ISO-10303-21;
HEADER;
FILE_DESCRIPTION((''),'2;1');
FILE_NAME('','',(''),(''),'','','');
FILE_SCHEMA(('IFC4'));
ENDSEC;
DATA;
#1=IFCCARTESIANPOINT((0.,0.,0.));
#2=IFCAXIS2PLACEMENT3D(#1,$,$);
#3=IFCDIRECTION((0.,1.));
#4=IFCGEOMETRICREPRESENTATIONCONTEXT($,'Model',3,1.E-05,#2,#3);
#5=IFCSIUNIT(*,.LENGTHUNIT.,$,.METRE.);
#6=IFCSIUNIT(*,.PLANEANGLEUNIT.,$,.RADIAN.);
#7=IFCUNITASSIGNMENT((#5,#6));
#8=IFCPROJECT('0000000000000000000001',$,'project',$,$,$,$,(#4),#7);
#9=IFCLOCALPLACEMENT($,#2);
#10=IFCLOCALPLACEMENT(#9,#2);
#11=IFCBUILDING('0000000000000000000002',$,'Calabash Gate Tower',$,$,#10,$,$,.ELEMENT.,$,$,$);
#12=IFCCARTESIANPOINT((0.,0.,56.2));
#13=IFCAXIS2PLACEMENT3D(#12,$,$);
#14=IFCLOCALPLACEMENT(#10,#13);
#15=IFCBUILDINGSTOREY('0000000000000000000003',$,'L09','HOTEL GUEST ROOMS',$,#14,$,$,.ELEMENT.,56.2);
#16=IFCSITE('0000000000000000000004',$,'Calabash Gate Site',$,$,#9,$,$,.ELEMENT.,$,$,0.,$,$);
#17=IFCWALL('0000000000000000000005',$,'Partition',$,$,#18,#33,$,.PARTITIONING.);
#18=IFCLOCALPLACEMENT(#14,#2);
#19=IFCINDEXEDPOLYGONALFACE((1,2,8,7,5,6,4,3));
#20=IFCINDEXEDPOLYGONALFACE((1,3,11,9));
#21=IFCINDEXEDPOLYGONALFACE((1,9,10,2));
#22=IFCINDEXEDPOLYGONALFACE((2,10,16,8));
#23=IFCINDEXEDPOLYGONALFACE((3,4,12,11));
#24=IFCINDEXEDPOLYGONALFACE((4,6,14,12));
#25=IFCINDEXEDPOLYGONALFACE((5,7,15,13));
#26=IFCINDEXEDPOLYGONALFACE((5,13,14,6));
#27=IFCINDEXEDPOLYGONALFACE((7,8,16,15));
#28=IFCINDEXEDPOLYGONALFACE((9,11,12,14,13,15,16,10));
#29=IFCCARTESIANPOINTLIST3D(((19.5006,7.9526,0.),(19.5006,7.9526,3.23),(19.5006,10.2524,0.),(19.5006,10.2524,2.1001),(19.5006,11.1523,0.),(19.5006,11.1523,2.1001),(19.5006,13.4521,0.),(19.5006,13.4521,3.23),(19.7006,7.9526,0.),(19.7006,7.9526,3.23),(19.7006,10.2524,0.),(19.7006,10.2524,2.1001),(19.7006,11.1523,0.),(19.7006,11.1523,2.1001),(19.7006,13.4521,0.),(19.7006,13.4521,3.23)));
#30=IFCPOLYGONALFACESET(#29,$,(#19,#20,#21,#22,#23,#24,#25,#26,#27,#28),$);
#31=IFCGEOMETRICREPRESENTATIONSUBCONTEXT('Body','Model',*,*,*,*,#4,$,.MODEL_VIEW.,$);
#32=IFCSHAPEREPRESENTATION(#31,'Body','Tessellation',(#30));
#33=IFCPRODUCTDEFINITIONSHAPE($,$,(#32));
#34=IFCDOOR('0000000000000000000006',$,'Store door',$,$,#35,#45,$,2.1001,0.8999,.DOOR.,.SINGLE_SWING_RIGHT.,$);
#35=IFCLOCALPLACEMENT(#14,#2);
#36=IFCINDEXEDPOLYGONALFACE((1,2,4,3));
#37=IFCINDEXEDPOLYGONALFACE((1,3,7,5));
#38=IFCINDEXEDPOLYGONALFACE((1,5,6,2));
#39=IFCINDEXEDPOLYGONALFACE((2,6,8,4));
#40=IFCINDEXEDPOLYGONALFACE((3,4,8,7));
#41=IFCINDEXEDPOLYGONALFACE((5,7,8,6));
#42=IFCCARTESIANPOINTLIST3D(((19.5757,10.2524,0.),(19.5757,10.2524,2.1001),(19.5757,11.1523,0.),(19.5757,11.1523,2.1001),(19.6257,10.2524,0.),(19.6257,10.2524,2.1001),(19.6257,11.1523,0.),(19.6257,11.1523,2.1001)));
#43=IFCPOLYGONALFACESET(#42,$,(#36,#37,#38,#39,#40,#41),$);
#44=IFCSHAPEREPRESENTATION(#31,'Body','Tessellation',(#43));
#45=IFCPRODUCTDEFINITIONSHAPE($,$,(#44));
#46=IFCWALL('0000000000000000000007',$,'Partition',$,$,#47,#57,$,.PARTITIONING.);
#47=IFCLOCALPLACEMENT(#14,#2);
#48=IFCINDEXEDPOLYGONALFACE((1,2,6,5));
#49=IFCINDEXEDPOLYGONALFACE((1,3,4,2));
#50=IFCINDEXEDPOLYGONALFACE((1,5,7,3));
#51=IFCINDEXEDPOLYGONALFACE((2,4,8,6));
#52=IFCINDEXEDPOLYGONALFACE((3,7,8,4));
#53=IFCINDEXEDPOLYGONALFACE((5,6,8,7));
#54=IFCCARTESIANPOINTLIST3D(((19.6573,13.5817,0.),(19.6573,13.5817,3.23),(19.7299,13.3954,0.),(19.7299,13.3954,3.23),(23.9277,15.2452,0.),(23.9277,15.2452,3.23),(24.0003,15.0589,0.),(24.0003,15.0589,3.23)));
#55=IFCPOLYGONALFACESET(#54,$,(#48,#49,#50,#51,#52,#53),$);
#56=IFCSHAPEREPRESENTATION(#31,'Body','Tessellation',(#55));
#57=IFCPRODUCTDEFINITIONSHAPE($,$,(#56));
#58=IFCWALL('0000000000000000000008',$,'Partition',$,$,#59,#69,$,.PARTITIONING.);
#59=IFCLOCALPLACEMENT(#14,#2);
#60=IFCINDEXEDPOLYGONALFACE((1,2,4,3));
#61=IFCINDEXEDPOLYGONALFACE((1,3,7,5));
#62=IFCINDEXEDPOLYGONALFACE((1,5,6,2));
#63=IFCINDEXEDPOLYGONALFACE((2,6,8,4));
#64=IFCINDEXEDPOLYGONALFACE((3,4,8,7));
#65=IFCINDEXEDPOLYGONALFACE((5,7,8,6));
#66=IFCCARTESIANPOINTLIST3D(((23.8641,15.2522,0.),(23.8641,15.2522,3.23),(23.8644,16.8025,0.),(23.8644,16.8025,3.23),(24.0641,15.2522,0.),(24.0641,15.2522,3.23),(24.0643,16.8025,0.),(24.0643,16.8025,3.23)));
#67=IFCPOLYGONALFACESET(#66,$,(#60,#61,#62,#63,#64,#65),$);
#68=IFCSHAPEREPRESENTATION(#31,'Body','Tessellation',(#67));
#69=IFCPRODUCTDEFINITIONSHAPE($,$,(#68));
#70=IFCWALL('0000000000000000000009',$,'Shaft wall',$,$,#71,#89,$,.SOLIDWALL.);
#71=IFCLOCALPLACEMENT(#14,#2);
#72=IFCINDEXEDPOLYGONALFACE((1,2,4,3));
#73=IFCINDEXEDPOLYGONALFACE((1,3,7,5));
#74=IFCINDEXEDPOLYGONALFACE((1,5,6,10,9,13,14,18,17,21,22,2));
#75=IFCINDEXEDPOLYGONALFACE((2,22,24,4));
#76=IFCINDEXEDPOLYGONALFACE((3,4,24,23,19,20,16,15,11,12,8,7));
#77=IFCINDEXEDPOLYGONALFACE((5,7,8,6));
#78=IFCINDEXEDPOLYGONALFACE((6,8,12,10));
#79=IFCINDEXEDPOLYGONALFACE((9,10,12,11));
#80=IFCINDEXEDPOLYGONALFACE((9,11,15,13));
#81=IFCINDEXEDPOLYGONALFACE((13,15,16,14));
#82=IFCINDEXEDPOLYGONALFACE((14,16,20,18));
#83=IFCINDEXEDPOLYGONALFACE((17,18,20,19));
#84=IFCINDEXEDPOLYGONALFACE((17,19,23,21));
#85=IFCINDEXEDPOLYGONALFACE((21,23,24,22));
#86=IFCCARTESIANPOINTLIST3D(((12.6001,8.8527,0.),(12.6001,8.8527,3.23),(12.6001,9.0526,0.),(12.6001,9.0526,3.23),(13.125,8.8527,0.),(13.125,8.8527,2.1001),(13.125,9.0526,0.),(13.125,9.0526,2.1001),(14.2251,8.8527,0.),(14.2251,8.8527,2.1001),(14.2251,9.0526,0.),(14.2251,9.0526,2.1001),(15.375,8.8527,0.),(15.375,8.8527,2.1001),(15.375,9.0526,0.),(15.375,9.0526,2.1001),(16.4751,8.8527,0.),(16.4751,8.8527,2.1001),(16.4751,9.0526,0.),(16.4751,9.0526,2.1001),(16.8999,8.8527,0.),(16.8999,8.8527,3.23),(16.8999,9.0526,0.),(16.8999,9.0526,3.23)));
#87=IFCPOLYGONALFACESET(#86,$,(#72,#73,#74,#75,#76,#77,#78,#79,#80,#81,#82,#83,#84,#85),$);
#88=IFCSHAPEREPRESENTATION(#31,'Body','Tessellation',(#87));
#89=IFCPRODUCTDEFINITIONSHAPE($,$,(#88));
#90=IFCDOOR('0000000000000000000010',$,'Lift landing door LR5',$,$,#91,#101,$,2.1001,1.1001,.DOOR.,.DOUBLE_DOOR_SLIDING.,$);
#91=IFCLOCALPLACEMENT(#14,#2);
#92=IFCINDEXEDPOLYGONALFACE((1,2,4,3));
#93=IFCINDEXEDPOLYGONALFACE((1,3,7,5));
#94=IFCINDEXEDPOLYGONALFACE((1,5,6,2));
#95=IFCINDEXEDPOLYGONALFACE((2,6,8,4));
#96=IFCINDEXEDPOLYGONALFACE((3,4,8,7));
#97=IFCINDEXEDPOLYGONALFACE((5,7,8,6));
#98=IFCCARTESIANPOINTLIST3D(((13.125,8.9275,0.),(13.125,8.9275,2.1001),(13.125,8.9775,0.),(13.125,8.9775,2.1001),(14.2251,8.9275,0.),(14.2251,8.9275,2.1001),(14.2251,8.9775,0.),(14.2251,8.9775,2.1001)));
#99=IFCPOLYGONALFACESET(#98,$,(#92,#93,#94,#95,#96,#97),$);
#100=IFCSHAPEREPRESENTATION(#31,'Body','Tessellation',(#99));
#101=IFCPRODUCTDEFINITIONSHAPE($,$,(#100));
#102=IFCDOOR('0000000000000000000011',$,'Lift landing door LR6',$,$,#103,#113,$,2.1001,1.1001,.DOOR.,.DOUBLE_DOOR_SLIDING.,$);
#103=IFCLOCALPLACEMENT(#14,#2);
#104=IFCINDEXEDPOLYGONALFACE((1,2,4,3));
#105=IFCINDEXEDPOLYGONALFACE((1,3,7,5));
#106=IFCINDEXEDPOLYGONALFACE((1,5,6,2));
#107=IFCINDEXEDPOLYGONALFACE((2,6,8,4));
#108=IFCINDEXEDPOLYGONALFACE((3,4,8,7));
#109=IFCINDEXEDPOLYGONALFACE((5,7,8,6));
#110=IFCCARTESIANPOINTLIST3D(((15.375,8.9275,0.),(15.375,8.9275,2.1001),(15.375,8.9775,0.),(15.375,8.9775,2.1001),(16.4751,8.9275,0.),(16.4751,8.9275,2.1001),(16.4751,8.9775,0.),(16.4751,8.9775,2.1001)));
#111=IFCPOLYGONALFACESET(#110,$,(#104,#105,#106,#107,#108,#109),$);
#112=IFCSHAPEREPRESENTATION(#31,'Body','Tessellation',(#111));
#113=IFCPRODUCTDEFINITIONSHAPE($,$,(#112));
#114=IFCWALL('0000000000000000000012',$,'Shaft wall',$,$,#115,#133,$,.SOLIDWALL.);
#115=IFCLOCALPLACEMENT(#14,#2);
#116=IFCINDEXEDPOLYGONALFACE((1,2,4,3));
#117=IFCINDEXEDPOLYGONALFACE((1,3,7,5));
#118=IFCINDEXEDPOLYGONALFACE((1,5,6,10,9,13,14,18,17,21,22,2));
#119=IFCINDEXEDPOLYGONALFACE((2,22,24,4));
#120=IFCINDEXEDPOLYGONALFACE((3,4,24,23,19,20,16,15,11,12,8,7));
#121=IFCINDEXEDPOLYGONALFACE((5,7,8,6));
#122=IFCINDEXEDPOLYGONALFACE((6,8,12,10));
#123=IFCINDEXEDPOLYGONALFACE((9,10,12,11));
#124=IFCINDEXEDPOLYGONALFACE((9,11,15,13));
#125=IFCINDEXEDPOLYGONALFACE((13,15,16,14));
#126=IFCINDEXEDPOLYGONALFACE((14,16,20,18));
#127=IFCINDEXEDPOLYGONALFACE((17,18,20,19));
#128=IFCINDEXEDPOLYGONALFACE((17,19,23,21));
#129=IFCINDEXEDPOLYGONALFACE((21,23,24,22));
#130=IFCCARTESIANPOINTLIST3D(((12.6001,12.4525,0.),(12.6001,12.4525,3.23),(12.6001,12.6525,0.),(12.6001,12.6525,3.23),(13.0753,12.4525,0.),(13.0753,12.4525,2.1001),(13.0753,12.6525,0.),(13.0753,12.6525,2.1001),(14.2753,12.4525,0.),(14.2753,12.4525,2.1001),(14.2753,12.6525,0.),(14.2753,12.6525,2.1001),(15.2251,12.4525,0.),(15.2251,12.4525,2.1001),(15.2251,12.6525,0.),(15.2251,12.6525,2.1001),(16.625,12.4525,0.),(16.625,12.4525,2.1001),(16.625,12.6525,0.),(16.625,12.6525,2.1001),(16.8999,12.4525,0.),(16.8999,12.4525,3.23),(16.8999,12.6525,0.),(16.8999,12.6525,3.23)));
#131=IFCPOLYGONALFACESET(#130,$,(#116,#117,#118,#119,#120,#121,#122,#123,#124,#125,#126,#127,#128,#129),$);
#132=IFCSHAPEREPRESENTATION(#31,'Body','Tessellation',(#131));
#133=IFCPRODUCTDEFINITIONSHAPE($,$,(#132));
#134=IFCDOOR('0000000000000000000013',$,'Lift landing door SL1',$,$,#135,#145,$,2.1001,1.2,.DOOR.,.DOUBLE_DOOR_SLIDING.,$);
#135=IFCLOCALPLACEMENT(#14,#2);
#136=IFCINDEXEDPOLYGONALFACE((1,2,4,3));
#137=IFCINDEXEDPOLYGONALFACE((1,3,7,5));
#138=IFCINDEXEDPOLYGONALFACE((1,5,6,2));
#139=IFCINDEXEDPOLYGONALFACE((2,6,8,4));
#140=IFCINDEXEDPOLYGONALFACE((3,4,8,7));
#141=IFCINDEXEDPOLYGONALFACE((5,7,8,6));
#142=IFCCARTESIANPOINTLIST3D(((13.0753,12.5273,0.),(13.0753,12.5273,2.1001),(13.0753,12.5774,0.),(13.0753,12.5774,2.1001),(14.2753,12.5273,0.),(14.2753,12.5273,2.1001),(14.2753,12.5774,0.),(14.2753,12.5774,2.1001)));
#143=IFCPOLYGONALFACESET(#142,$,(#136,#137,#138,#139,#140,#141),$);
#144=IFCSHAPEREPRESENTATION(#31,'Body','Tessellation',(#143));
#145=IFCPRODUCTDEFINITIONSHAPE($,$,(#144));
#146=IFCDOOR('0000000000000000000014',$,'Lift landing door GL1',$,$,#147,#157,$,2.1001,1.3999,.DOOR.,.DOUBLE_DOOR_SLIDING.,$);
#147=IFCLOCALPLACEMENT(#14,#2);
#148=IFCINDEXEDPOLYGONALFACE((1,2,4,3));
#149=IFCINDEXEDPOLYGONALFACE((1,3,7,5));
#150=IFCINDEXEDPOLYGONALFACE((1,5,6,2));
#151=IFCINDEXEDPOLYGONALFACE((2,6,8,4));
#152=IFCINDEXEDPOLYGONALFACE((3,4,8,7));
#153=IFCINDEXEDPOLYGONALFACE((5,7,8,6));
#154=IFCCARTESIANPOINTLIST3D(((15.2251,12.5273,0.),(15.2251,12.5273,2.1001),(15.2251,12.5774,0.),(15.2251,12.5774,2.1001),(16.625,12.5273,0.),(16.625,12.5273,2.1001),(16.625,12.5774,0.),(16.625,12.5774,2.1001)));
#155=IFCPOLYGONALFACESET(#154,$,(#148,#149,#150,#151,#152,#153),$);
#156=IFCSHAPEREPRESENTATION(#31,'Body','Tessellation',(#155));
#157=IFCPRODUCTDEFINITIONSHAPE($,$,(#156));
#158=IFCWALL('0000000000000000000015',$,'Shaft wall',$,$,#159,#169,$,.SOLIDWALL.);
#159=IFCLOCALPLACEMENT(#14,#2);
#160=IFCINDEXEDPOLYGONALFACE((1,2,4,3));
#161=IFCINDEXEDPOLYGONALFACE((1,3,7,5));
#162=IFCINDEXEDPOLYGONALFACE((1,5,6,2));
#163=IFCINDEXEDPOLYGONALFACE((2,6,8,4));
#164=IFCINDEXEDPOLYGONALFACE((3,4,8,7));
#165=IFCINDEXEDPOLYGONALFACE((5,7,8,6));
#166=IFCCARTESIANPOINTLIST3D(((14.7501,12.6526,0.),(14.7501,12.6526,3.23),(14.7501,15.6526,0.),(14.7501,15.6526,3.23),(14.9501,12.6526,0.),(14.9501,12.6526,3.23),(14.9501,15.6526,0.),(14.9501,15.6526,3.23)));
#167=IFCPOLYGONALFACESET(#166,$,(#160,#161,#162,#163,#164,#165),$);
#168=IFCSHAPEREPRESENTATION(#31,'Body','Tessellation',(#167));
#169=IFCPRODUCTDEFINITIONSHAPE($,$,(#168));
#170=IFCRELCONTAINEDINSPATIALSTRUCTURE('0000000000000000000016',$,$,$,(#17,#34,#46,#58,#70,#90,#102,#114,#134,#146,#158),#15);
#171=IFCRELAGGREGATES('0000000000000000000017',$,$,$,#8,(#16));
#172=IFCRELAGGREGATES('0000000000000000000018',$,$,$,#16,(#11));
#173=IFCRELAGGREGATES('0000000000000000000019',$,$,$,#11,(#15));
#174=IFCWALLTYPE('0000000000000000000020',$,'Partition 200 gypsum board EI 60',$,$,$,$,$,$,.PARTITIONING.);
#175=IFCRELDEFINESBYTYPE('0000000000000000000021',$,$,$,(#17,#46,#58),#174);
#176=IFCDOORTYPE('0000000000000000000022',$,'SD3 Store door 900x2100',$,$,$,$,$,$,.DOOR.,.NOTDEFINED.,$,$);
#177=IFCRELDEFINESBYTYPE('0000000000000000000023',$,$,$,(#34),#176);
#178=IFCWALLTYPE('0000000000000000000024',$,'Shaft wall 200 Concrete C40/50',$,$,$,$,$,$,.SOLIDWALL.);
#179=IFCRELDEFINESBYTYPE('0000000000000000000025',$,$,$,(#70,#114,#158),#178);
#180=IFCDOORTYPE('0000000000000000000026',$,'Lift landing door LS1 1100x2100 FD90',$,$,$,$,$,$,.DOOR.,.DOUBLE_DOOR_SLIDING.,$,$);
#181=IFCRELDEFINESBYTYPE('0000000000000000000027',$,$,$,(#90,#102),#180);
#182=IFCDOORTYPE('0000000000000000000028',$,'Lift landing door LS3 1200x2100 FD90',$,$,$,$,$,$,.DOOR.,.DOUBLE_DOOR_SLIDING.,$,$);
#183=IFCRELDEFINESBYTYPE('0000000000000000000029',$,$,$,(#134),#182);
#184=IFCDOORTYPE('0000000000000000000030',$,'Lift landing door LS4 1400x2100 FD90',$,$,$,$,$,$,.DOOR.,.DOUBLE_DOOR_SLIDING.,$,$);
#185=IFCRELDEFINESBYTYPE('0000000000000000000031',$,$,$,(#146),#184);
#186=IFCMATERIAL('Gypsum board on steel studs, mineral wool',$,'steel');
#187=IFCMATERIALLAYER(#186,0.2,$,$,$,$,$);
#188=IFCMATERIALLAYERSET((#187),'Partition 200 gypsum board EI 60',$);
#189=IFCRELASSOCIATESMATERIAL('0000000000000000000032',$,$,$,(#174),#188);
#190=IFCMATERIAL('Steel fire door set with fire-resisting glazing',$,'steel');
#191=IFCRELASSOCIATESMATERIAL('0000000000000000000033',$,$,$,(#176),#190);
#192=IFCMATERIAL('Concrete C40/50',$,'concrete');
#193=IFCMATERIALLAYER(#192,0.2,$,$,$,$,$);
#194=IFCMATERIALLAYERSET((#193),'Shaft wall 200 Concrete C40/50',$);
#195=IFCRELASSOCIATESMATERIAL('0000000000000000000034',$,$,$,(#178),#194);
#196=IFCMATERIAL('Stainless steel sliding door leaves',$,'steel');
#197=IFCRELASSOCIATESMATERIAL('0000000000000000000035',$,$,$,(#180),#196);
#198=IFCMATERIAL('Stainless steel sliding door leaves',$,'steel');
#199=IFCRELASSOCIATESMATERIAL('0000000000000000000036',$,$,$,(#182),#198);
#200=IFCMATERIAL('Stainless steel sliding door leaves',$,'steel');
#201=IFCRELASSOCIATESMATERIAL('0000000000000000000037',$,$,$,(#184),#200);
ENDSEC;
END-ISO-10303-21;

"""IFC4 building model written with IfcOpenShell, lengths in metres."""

from ifc_helpers import new_model, si_unit, direction, frame, frame_2d, origin, place, context, subcontext, project, spatial, rectangle, extrude, material, layer, layer_set, type_object, element, fill, save


model = new_model("IFC4")

# Units and contexts
model_context = context("Model", 3, precision=1e-05, world=origin(), true_north=direction((0.0, 1.0)))
body_context = subcontext(model_context, "Body", "Model", "MODEL_VIEW")
ifc_project = project(units=[si_unit("LENGTHUNIT", "METRE"), si_unit("PLANEANGLEUNIT", "RADIAN")], contexts=[model_context])

# Site, building, storey
site_placement = place(None, origin())
site = spatial("IfcSite", under=ifc_project, at=site_placement, Name="Calabash Gate Site", CompositionType="ELEMENT", RefElevation=0.0)
building_placement = place(site_placement, origin())
building = spatial("IfcBuilding", under=site, at=building_placement, Name="Calabash Gate Tower", CompositionType="ELEMENT")
storey_placement = place(building_placement, frame((0.0, 0.0, 56.2)))
storey = spatial("IfcBuildingStorey", under=building, at=storey_placement, Name="L09", Description="HOTEL GUEST ROOMS", CompositionType="ELEMENT", Elevation=56.2)

# Shared definitions
ifc_material_1 = material(Name="Gypsum board on steel studs, mineral wool", Category="steel")
ifc_layer_1 = layer(ifc_material_1, 0.2)
ifc_layer_set_1 = layer_set([ifc_layer_1], Name="Partition 200 gypsum board EI 60")
wall_type_1 = type_object("IfcWallType", Name="Partition 200 gypsum board EI 60", PredefinedType="PARTITIONING", material=ifc_layer_set_1)

# Wall, opening, door
wall_1_placement = place(storey_placement, frame((19.6006, 7.9526, 0.0), z_axis=(0.0, 0.0, 1.0), x_axis=(0.0, 1.0, 0.0)))
wall_1 = element("IfcWall", 1, at=wall_1_placement, inside=storey, type_object=wall_type_1, Name="Partition", PredefinedType="PARTITIONING", context=body_context, shape_type="SweptSolid", body=[
    extrude(rectangle(XDim=5.4995, YDim=0.2, at=frame_2d((2.7498, 0.0))), origin(), (0.0, 0.0, 1.0), 3.23),
])
opening_1_placement = place(wall_1_placement, frame((2.2998, 0.0, 0.0)))
opening_1 = element("IfcOpeningElement", 2, at=opening_1_placement, cuts=wall_1, PredefinedType="OPENING", context=body_context, shape_type="SweptSolid", body=[
    extrude(rectangle(XDim=0.8999, YDim=2.1001, at=frame_2d((0.45, 1.05))), frame((0.0, 0.1099, 0.0), z_axis=(0.0, -1.0, 0.0), x_axis=(1.0, 0.0, 0.0)), (0.0, 0.0, 1.0), 0.22),
])
ifc_material_2 = material(Name="Steel fire door set with fire-resisting glazing", Category="steel")
door_type_1 = type_object("IfcDoorType", Name="SD3 Store door 900x2100", OperationType="NOTDEFINED", PredefinedType="DOOR", material=ifc_material_2)
door_1_placement = place(opening_1_placement, origin())
door_1 = element("IfcDoor", 3, at=door_1_placement, inside=storey, type_object=door_type_1, Name="Store door", OperationType="SINGLE_SWING_RIGHT", OverallHeight=2.1001, OverallWidth=0.8999, PredefinedType="DOOR", context=body_context, shape_type="SweptSolid", body=[
    extrude(rectangle(XDim=0.8999, YDim=2.1001, at=frame_2d((0.45, 1.05))), frame((0.0, 0.0249, 0.0), z_axis=(0.0, -1.0, 0.0), x_axis=(1.0, 0.0, 0.0)), (0.0, 0.0, 1.0), 0.05),
])
fill(opening_1, door_1)

# Walls
wall_2_placement = place(storey_placement, frame((19.6936, 13.4885, 0.0), z_axis=(0.0, 0.0, 1.0), x_axis=(0.931797, 0.362981, 0.0)))
element("IfcWall", 4, at=wall_2_placement, inside=storey, type_object=wall_type_1, Name="Partition", PredefinedType="PARTITIONING", context=body_context, shape_type="SweptSolid", body=[
    extrude(rectangle(XDim=4.583, YDim=0.2, at=frame_2d((2.2915, 0.0))), origin(), (0.0, 0.0, 1.0), 3.23),
])
wall_3_placement = place(storey_placement, frame((23.9641, 15.2522, 0.0), z_axis=(0.0, 0.0, 1.0), x_axis=(0.000157, 1.0, 0.0)))
element("IfcWall", 5, at=wall_3_placement, inside=storey, type_object=wall_type_1, Name="Partition", PredefinedType="PARTITIONING", context=body_context, shape_type="SweptSolid", body=[
    extrude(rectangle(XDim=1.5503, YDim=0.2, at=frame_2d((0.7751, 0.0))), origin(), (0.0, 0.0, 1.0), 3.23),
])

# Walls, openings, doors
ifc_material_3 = material(Name="Concrete C40/50", Category="concrete")
ifc_layer_2 = layer(ifc_material_3, 0.2)
ifc_layer_set_2 = layer_set([ifc_layer_2], Name="Shaft wall 200 Concrete C40/50")
wall_type_2 = type_object("IfcWallType", Name="Shaft wall 200 Concrete C40/50", PredefinedType="SOLIDWALL", material=ifc_layer_set_2)
wall_4_placement = place(storey_placement, frame((12.6001, 8.9526, 0.0), z_axis=(0.0, 0.0, 1.0), x_axis=(1.0, 0.0, 0.0)))
wall_4 = element("IfcWall", 6, at=wall_4_placement, inside=storey, type_object=wall_type_2, Name="Shaft wall", PredefinedType="SOLIDWALL", context=body_context, shape_type="SweptSolid", body=[
    extrude(rectangle(XDim=4.2998, YDim=0.2, at=frame_2d((2.1499, 0.0))), origin(), (0.0, 0.0, 1.0), 3.23),
])
opening_2_placement = place(wall_4_placement, frame((0.5249, 0.0, 0.0)))
opening_2 = element("IfcOpeningElement", 7, at=opening_2_placement, cuts=wall_4, PredefinedType="OPENING", context=body_context, shape_type="SweptSolid", body=[
    extrude(rectangle(XDim=1.1001, YDim=2.1001, at=frame_2d((0.55, 1.05))), frame((0.0, 0.1099, 0.0), z_axis=(0.0, -1.0, 0.0), x_axis=(1.0, 0.0, 0.0)), (0.0, 0.0, 1.0), 0.22),
])
opening_3_placement = place(wall_4_placement, frame((2.7749, 0.0, 0.0)))
opening_3 = element("IfcOpeningElement", 8, at=opening_3_placement, cuts=wall_4, PredefinedType="OPENING", context=body_context, shape_type="SweptSolid", body=[
    extrude(rectangle(XDim=1.1001, YDim=2.1001, at=frame_2d((0.55, 1.05))), frame((0.0, 0.1099, 0.0), z_axis=(0.0, -1.0, 0.0), x_axis=(1.0, 0.0, 0.0)), (0.0, 0.0, 1.0), 0.22),
])
ifc_material_4 = material(Name="Stainless steel sliding door leaves", Category="steel")
door_type_2 = type_object("IfcDoorType", Name="Lift landing door LS1 1100x2100 FD90", OperationType="DOUBLE_DOOR_SLIDING", PredefinedType="DOOR", material=ifc_material_4)
door_2_placement = place(opening_2_placement, origin())
door_2 = element("IfcDoor", 9, at=door_2_placement, inside=storey, type_object=door_type_2, Name="Lift landing door LR5", OperationType="DOUBLE_DOOR_SLIDING", OverallHeight=2.1001, OverallWidth=1.1001, PredefinedType="DOOR", context=body_context, shape_type="SweptSolid", body=[
    extrude(rectangle(XDim=1.1001, YDim=2.1001, at=frame_2d((0.55, 1.05))), frame((0.0, 0.0249, 0.0), z_axis=(0.0, -1.0, 0.0), x_axis=(1.0, 0.0, 0.0)), (0.0, 0.0, 1.0), 0.05),
])
fill(opening_2, door_2)
door_3_placement = place(opening_3_placement, origin())
door_3 = element("IfcDoor", 10, at=door_3_placement, inside=storey, type_object=door_type_2, Name="Lift landing door LR6", OperationType="DOUBLE_DOOR_SLIDING", OverallHeight=2.1001, OverallWidth=1.1001, PredefinedType="DOOR", context=body_context, shape_type="SweptSolid", body=[
    extrude(rectangle(XDim=1.1001, YDim=2.1001, at=frame_2d((0.55, 1.05))), frame((0.0, 0.0249, 0.0), z_axis=(0.0, -1.0, 0.0), x_axis=(1.0, 0.0, 0.0)), (0.0, 0.0, 1.0), 0.05),
])
fill(opening_3, door_3)
wall_5_placement = place(storey_placement, frame((12.6001, 12.5525, 0.0), z_axis=(0.0, 0.0, 1.0), x_axis=(1.0, 0.0, 0.0)))
wall_5 = element("IfcWall", 11, at=wall_5_placement, inside=storey, type_object=wall_type_2, Name="Shaft wall", PredefinedType="SOLIDWALL", context=body_context, shape_type="SweptSolid", body=[
    extrude(rectangle(XDim=4.2998, YDim=0.2, at=frame_2d((2.1499, 0.0))), origin(), (0.0, 0.0, 1.0), 3.23),
])
opening_4_placement = place(wall_5_placement, frame((0.4751, 0.0, 0.0)))
opening_4 = element("IfcOpeningElement", 12, at=opening_4_placement, cuts=wall_5, PredefinedType="OPENING", context=body_context, shape_type="SweptSolid", body=[
    extrude(rectangle(XDim=1.2, YDim=2.1001, at=frame_2d((0.6001, 1.05))), frame((0.0, 0.1099, 0.0), z_axis=(0.0, -1.0, 0.0), x_axis=(1.0, 0.0, 0.0)), (0.0, 0.0, 1.0), 0.22),
])
opening_5_placement = place(wall_5_placement, frame((2.625, 0.0, 0.0)))
opening_5 = element("IfcOpeningElement", 13, at=opening_5_placement, cuts=wall_5, PredefinedType="OPENING", context=body_context, shape_type="SweptSolid", body=[
    extrude(rectangle(XDim=1.3999, YDim=2.1001, at=frame_2d((0.7, 1.05))), frame((0.0, 0.1099, 0.0), z_axis=(0.0, -1.0, 0.0), x_axis=(1.0, 0.0, 0.0)), (0.0, 0.0, 1.0), 0.22),
])
ifc_material_5 = material(Name="Stainless steel sliding door leaves", Category="steel")
door_type_3 = type_object("IfcDoorType", Name="Lift landing door LS3 1200x2100 FD90", OperationType="DOUBLE_DOOR_SLIDING", PredefinedType="DOOR", material=ifc_material_5)
door_4_placement = place(opening_4_placement, origin())
door_4 = element("IfcDoor", 14, at=door_4_placement, inside=storey, type_object=door_type_3, Name="Lift landing door SL1", OperationType="DOUBLE_DOOR_SLIDING", OverallHeight=2.1001, OverallWidth=1.2, PredefinedType="DOOR", context=body_context, shape_type="SweptSolid", body=[
    extrude(rectangle(XDim=1.2, YDim=2.1001, at=frame_2d((0.6001, 1.05))), frame((0.0, 0.0249, 0.0), z_axis=(0.0, -1.0, 0.0), x_axis=(1.0, 0.0, 0.0)), (0.0, 0.0, 1.0), 0.05),
])
fill(opening_4, door_4)
ifc_material_6 = material(Name="Stainless steel sliding door leaves", Category="steel")
door_type_4 = type_object("IfcDoorType", Name="Lift landing door LS4 1400x2100 FD90", OperationType="DOUBLE_DOOR_SLIDING", PredefinedType="DOOR", material=ifc_material_6)
door_5_placement = place(opening_5_placement, origin())
door_5 = element("IfcDoor", 15, at=door_5_placement, inside=storey, type_object=door_type_4, Name="Lift landing door GL1", OperationType="DOUBLE_DOOR_SLIDING", OverallHeight=2.1001, OverallWidth=1.3999, PredefinedType="DOOR", context=body_context, shape_type="SweptSolid", body=[
    extrude(rectangle(XDim=1.3999, YDim=2.1001, at=frame_2d((0.7, 1.05))), frame((0.0, 0.0249, 0.0), z_axis=(0.0, -1.0, 0.0), x_axis=(1.0, 0.0, 0.0)), (0.0, 0.0, 1.0), 0.05),
])
fill(opening_5, door_5)

# Wall
wall_6_placement = place(storey_placement, frame((14.8501, 12.6526, 0.0), z_axis=(0.0, 0.0, 1.0), x_axis=(0.0, 1.0, 0.0)))
element("IfcWall", 16, at=wall_6_placement, inside=storey, type_object=wall_type_2, Name="Shaft wall", PredefinedType="SOLIDWALL", context=body_context, shape_type="SweptSolid", body=[
    extrude(rectangle(XDim=3.0, YDim=0.2, at=frame_2d((1.5, 0.0))), origin(), (0.0, 0.0, 1.0), 3.23),
])

save(model, "model.ifc")
